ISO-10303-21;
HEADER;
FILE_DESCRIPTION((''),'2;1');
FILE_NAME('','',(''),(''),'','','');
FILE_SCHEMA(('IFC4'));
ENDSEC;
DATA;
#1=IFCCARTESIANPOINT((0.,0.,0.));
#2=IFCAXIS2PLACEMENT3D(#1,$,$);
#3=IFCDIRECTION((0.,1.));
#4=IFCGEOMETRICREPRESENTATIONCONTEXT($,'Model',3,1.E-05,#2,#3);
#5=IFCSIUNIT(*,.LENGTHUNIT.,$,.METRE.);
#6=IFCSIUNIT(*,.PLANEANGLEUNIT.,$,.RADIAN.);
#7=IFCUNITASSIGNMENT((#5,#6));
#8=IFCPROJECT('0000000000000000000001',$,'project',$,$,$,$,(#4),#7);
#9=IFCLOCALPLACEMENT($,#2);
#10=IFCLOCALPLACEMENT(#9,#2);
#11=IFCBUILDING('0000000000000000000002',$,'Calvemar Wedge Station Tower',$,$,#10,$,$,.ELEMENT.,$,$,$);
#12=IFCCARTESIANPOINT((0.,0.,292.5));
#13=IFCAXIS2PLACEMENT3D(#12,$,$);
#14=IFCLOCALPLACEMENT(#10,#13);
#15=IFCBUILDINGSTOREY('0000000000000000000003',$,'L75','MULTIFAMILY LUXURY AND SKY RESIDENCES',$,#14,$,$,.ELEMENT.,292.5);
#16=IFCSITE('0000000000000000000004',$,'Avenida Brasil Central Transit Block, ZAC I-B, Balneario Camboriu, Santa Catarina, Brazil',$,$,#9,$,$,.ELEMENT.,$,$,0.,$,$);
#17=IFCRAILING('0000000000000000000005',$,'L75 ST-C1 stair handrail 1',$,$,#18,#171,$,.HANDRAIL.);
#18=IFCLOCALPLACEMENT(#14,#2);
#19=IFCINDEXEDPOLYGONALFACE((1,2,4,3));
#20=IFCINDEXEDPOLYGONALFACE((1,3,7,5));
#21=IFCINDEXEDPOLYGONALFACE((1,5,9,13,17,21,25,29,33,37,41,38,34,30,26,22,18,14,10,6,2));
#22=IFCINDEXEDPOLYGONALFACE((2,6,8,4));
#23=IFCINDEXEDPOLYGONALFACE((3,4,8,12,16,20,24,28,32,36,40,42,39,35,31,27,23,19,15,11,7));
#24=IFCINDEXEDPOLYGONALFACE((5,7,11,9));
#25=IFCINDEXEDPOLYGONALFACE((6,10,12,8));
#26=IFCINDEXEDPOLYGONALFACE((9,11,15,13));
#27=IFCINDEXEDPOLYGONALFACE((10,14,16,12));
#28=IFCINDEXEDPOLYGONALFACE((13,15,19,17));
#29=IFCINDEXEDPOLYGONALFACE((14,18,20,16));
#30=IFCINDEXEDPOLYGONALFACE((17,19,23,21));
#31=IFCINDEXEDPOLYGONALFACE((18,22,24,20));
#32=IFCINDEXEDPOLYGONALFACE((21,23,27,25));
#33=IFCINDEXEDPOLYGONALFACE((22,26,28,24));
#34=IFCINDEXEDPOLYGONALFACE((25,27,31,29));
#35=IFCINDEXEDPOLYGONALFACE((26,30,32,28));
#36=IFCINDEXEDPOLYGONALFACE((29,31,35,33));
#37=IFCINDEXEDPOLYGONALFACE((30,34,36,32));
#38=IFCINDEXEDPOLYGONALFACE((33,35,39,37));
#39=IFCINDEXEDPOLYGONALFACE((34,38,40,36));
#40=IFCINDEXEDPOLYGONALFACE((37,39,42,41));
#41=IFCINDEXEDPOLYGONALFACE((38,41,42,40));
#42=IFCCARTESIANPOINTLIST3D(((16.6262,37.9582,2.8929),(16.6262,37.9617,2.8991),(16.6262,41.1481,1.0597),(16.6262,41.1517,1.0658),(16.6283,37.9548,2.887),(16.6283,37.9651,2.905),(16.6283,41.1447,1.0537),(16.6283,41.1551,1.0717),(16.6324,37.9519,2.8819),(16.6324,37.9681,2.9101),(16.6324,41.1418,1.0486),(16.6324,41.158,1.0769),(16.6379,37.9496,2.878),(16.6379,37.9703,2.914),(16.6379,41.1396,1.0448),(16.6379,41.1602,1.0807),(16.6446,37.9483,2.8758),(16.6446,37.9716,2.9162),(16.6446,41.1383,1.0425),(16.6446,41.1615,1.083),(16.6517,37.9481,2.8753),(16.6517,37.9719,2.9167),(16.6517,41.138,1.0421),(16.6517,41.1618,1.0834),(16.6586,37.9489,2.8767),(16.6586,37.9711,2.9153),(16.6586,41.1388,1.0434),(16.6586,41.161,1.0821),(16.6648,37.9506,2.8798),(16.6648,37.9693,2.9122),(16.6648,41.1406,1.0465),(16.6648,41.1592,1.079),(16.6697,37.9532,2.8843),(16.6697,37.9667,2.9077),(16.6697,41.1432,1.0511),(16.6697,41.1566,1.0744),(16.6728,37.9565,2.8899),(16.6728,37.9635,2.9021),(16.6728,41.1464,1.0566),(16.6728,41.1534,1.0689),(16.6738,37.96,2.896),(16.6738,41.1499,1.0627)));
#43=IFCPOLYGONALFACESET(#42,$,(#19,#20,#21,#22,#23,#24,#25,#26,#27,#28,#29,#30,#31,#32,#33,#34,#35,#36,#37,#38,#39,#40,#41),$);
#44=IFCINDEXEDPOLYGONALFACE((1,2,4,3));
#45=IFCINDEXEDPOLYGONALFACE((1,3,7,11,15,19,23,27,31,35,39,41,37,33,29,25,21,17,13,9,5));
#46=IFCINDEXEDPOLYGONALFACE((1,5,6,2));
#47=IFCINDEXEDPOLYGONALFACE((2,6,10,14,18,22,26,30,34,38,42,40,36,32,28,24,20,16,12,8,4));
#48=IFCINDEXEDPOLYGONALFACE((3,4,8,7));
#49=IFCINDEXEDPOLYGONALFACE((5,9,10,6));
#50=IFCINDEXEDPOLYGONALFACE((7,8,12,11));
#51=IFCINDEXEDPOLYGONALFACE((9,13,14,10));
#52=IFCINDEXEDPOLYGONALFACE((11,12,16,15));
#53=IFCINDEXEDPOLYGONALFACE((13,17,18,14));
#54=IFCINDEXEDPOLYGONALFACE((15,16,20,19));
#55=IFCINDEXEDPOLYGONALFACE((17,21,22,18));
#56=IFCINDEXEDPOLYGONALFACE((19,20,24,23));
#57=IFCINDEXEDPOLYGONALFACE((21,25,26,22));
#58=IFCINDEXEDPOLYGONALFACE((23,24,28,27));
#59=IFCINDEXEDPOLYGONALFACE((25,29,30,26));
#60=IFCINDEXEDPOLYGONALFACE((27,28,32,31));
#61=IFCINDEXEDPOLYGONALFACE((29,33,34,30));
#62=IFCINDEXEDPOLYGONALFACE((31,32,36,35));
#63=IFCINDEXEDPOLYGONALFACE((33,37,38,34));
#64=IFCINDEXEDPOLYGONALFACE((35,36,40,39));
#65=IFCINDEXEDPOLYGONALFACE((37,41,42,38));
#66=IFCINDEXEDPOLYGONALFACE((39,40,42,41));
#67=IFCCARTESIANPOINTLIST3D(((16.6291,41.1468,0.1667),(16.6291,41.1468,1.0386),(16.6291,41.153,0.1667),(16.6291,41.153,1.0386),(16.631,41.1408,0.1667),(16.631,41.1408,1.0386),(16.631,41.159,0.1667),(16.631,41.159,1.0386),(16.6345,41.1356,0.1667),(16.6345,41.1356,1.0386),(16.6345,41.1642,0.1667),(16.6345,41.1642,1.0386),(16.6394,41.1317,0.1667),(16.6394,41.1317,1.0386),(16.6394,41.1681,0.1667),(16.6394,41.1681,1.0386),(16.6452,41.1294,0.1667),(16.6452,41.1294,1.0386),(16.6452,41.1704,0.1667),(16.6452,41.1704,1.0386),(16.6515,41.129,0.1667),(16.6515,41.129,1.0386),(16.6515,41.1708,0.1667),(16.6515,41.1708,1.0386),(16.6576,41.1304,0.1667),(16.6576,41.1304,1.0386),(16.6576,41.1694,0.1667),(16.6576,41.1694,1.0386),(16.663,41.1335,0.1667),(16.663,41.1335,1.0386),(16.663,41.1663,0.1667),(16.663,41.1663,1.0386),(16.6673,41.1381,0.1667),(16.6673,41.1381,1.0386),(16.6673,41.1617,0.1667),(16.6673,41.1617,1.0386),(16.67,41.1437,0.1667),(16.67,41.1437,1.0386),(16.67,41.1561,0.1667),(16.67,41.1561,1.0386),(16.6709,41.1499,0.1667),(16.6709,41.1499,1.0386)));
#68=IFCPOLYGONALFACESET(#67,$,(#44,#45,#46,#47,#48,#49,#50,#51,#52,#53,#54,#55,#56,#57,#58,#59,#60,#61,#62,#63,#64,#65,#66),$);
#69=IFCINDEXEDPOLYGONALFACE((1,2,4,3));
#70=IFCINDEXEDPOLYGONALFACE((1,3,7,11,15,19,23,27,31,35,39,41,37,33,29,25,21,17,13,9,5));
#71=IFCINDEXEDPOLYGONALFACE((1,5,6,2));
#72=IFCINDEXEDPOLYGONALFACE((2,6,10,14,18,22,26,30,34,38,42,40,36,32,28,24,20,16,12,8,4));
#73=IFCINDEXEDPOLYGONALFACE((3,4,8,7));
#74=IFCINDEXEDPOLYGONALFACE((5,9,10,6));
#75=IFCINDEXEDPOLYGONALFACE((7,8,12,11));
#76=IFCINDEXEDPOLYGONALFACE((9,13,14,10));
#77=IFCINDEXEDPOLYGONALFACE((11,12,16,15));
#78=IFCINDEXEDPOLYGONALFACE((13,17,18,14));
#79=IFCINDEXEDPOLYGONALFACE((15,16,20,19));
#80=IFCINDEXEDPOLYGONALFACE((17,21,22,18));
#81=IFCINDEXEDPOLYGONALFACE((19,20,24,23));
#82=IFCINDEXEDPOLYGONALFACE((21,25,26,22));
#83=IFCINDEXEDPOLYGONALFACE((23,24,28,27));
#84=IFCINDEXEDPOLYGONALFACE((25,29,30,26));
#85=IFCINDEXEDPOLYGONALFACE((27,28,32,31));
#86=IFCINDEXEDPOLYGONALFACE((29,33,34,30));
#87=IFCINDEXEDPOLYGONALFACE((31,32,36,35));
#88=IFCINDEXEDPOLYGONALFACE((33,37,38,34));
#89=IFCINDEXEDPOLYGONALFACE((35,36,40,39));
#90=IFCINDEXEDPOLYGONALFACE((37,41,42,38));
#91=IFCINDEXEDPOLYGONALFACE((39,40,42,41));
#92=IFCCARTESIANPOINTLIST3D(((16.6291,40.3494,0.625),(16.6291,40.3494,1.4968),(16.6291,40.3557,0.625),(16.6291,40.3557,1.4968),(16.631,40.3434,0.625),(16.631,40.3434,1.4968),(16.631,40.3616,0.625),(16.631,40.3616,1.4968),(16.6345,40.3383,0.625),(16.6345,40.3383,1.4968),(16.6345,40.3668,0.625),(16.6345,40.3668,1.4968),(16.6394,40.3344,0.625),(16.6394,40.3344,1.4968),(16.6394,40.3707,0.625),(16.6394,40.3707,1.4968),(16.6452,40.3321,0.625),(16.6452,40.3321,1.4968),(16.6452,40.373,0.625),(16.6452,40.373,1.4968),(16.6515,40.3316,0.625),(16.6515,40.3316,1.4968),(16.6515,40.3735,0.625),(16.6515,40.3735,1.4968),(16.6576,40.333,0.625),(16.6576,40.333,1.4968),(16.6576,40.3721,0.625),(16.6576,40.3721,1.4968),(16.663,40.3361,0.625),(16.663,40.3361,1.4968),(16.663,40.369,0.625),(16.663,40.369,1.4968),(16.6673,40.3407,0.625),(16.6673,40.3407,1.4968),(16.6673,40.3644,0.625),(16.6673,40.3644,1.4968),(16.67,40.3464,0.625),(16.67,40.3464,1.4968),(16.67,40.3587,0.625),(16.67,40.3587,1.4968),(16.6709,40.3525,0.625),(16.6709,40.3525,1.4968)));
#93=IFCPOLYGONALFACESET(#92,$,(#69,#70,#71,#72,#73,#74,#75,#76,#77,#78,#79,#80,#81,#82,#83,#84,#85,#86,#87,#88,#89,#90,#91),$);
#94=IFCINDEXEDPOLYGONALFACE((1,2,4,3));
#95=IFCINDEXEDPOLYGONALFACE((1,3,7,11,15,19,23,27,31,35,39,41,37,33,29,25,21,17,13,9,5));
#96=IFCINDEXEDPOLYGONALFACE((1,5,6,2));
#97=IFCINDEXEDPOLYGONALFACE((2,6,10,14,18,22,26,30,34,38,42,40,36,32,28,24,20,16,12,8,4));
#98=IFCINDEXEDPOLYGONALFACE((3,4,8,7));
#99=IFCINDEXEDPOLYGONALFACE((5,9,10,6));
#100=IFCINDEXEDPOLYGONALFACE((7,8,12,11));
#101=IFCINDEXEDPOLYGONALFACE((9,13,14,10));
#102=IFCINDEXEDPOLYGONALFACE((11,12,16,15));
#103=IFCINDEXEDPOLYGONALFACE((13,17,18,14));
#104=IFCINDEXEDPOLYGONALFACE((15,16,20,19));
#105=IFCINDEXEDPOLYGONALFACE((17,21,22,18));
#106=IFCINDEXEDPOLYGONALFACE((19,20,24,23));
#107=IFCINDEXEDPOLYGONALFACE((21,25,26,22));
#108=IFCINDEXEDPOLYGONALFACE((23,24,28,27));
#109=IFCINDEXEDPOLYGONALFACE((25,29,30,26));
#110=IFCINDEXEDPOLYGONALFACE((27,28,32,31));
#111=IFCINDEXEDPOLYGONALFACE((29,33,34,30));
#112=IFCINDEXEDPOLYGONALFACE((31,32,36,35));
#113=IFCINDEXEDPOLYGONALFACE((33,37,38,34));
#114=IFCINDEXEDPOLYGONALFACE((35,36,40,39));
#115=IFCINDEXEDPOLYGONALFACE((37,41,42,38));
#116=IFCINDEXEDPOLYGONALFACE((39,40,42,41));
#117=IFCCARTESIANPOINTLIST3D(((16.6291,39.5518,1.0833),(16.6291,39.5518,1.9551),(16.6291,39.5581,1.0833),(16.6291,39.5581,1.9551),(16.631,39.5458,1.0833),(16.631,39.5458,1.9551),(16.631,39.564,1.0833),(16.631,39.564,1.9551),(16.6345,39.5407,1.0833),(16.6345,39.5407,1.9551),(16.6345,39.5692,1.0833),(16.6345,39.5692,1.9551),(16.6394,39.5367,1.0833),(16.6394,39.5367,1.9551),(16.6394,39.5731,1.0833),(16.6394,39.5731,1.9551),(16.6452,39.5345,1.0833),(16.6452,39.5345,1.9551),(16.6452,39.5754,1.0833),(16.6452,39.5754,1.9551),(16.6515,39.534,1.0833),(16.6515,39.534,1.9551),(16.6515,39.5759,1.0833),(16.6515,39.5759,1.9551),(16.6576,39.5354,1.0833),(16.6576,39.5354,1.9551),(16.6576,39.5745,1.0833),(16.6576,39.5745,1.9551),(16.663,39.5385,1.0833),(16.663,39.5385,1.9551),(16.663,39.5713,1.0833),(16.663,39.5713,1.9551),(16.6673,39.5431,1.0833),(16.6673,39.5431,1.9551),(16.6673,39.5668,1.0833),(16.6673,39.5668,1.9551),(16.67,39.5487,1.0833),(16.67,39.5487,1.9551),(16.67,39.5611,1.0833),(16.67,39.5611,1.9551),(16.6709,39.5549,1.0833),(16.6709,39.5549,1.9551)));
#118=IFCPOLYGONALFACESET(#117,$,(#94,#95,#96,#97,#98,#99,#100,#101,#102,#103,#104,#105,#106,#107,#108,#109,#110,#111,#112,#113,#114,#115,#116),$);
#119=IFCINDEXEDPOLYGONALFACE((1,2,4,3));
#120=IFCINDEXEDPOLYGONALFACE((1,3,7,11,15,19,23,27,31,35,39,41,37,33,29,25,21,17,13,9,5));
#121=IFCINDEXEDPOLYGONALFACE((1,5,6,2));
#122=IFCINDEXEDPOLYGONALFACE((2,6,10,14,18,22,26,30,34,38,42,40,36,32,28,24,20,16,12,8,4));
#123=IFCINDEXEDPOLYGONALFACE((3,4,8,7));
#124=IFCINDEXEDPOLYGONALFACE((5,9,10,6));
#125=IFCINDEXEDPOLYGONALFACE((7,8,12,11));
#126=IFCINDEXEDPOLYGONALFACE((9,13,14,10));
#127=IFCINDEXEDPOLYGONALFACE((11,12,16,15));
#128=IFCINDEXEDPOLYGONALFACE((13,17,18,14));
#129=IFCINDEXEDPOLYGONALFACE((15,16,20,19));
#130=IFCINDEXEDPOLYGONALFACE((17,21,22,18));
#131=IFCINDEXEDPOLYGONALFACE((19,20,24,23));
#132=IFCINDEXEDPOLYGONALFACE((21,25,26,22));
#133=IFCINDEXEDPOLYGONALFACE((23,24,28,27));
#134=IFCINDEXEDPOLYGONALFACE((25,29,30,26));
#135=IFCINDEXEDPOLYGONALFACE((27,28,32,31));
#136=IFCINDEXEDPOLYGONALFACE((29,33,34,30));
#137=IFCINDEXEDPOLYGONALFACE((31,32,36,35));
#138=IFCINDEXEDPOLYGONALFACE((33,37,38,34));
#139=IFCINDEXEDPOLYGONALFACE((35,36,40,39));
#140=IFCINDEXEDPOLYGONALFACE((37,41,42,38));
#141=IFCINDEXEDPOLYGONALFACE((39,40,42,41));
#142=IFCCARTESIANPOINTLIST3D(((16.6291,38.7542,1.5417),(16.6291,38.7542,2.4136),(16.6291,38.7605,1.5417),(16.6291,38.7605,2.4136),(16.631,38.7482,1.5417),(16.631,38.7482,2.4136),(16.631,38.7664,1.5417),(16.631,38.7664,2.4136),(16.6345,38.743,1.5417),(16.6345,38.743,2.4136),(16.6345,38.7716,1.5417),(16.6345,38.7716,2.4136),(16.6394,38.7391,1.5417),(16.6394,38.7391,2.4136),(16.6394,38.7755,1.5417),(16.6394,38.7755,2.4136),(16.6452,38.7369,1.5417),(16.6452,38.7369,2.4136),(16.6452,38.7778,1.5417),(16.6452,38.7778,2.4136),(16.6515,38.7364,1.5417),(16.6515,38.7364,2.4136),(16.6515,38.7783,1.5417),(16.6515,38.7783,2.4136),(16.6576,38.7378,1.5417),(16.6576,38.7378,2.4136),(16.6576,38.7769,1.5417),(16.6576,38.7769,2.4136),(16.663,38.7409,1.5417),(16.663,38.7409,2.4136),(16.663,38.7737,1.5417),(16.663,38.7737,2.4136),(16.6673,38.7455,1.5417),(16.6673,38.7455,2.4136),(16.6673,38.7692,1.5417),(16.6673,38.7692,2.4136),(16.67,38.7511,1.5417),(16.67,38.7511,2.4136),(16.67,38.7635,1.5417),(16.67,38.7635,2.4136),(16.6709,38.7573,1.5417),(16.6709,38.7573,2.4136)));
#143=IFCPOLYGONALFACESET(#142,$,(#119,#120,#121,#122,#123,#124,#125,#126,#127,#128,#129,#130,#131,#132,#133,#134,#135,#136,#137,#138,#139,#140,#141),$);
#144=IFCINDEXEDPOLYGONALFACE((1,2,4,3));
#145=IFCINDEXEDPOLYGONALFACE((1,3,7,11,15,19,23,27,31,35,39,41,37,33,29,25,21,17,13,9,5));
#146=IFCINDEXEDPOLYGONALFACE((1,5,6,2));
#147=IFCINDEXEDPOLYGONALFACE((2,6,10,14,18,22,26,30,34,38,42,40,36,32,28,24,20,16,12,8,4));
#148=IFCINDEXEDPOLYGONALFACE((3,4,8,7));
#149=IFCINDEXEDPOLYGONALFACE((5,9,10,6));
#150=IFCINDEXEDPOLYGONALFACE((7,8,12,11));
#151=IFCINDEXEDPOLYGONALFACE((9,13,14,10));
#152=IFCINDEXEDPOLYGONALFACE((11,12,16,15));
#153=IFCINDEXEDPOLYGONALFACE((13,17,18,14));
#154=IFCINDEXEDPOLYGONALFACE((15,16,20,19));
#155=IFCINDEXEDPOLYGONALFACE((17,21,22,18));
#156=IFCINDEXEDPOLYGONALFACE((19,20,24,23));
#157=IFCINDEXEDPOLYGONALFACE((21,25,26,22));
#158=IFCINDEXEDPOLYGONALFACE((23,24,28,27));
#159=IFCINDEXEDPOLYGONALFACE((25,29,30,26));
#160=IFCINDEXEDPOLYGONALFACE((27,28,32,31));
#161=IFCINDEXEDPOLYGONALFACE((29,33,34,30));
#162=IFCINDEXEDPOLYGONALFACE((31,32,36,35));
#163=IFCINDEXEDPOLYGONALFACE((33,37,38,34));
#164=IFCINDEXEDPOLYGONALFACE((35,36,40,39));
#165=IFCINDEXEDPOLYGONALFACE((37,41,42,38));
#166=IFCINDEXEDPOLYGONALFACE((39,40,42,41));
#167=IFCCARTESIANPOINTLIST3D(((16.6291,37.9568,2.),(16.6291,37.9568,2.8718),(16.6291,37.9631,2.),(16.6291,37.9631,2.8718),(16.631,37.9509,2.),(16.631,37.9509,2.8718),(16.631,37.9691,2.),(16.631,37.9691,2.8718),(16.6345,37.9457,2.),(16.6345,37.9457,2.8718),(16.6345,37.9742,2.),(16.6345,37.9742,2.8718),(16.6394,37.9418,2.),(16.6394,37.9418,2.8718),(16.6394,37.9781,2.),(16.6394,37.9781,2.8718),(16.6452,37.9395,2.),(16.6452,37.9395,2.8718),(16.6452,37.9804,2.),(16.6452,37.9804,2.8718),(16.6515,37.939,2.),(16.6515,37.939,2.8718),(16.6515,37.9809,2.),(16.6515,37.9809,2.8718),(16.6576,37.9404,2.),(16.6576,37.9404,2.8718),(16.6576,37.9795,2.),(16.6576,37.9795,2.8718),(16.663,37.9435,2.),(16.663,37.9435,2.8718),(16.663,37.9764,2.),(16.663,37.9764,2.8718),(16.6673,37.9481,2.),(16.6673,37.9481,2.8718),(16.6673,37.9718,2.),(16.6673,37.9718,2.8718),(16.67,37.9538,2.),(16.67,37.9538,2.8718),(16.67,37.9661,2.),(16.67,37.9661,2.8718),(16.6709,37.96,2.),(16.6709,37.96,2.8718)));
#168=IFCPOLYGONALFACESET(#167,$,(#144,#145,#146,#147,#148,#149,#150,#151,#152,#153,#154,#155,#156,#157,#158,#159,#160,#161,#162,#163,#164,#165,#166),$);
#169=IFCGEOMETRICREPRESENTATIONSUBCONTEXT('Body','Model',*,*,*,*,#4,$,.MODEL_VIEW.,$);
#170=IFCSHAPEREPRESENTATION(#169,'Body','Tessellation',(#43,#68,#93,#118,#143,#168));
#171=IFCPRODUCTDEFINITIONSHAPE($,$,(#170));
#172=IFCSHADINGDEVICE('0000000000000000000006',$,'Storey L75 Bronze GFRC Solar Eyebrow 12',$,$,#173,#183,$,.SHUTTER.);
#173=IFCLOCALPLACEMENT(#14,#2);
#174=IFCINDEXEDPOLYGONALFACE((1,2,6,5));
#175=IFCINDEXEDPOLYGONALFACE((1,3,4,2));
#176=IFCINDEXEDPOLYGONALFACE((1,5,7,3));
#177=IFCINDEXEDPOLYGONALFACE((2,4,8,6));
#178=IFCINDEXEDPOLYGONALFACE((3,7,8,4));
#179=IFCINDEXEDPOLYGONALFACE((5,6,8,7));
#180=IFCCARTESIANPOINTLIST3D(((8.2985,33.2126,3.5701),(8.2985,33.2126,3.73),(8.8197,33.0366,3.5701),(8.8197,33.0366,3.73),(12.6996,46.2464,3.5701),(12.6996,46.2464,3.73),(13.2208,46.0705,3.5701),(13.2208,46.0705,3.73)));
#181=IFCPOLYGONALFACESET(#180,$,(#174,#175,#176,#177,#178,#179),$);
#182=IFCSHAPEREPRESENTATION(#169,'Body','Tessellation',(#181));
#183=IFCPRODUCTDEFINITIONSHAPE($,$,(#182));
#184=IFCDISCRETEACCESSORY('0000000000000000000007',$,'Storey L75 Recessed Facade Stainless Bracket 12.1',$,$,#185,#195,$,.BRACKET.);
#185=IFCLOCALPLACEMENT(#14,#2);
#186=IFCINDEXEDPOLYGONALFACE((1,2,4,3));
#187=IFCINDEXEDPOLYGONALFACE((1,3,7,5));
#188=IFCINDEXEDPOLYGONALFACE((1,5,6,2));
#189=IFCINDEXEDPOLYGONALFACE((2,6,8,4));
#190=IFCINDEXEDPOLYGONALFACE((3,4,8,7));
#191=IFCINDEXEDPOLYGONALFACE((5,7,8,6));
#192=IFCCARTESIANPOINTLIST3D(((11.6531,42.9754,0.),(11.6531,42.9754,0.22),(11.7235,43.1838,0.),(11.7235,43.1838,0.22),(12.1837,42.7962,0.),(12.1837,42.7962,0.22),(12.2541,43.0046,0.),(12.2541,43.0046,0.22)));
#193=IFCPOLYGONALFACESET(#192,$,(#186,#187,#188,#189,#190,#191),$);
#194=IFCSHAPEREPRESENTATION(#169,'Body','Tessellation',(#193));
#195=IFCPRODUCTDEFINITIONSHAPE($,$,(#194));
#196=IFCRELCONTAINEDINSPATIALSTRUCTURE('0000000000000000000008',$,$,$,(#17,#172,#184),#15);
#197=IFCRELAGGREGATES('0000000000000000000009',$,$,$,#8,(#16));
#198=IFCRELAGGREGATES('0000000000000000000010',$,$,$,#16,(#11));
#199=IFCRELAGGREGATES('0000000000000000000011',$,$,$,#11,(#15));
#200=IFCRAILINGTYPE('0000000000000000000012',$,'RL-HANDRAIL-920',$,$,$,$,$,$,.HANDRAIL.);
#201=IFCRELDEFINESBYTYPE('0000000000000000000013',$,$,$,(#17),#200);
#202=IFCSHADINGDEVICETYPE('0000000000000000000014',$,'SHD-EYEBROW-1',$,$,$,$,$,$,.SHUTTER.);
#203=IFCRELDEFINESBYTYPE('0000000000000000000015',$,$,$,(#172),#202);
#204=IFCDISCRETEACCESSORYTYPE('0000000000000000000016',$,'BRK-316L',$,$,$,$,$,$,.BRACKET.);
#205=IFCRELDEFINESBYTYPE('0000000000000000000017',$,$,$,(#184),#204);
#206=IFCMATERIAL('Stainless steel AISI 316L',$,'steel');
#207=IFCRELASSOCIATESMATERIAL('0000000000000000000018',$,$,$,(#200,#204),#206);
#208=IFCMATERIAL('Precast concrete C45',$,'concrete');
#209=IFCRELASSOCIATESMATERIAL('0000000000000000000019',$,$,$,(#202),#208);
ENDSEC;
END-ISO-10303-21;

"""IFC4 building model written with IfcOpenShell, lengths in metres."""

from ifc_helpers import new_model, si_unit, direction, frame, frame_2d, origin, origin_2d, place, context, subcontext, project, spatial, rectangle, circle, extrude, source, transform, mapped, material, type_object, element, save


model = new_model("IFC4")

# Units and contexts
model_context = context("Model", 3, precision=1e-05, world=origin(), true_north=direction((0.0, 1.0)))
body_context = subcontext(model_context, "Body", "Model", "MODEL_VIEW")
ifc_project = project(units=[si_unit("LENGTHUNIT", "METRE"), si_unit("PLANEANGLEUNIT", "RADIAN")], contexts=[model_context])

# Site, building, storey
site_placement = place(None, origin())
site = spatial("IfcSite", under=ifc_project, at=site_placement, Name="Avenida Brasil Central Transit Block, ZAC I-B, Balneario Camboriu, Santa Catarina, Brazil", CompositionType="ELEMENT", RefElevation=0.0)
building_placement = place(site_placement, origin())
building = spatial("IfcBuilding", under=site, at=building_placement, Name="Calvemar Wedge Station Tower", CompositionType="ELEMENT")
storey_placement = place(building_placement, frame((0.0, 0.0, 292.5)))
storey = spatial("IfcBuildingStorey", under=building, at=storey_placement, Name="L75", Description="MULTIFAMILY LUXURY AND SKY RESIDENCES", CompositionType="ELEMENT", Elevation=292.5)

# Shared definitions
ifc_material_1 = material(Name="Precast concrete C45", Category="concrete")

# Railing
ifc_material_2 = material(Name="Stainless steel AISI 316L", Category="steel")
railing_type = type_object("IfcRailingType", Name="RL-HANDRAIL-920", PredefinedType="HANDRAIL", material=ifc_material_2)
railing_placement = place(storey_placement, frame((16.6499, 41.1499, 0.1667)))
element("IfcRailing", 1, at=railing_placement, inside=storey, type_object=railing_type, Name="L75 ST-C1 stair handrail 1", PredefinedType="HANDRAIL", context=body_context, shape_type="SweptSolid", body=[
    extrude(circle(Radius=0.0239, at=origin_2d()), frame((0.0, 0.0, 0.896), z_axis=(0.0, -0.86702, 0.498274), x_axis=(1.0, 0.0, 0.0)), (0.0, 0.0, 1.0), 3.6792),
    extrude(circle(Radius=0.021, at=origin_2d()), origin(), (0.0, 0.0, 1.0), 0.8718),
    extrude(circle(Radius=0.021, at=origin_2d()), frame((0.0, -0.7974, 0.4583)), (0.0, 0.0, 1.0), 0.8718),
    extrude(circle(Radius=0.021, at=origin_2d()), frame((0.0, -1.595, 0.9165)), (0.0, 0.0, 1.0), 0.8718),
    extrude(circle(Radius=0.021, at=origin_2d()), frame((0.0, -2.3926, 1.375)), (0.0, 0.0, 1.0), 0.8718),
    extrude(circle(Radius=0.021, at=origin_2d()), frame((0.0, -3.1899, 1.8333)), (0.0, 0.0, 1.0), 0.8718),
])

# Shading device
shading_device_type = type_object("IfcShadingDeviceType", Name="SHD-EYEBROW-1", PredefinedType="SHUTTER", material=ifc_material_1)
shading_device_placement = place(storey_placement, frame((12.9602, 46.1584, 3.5701), z_axis=(0.0, 0.0, 1.0), x_axis=(-0.31992, -0.947444, 0.0)))
element("IfcShadingDevice", 2, at=shading_device_placement, inside=storey, type_object=shading_device_type, Name="Storey L75 Bronze GFRC Solar Eyebrow 12", PredefinedType="SHUTTER", context=body_context, shape_type="SweptSolid", body=[
    extrude(rectangle(XDim=13.7568, YDim=0.55, at=frame_2d((6.8784, 0.0))), origin(), (0.0, 0.0, 1.0), 0.1599),
])

# Discrete accessory
discrete_accessory_type = type_object("IfcDiscreteAccessoryType", Name="BRK-316L", PredefinedType="BRACKET", material=ifc_material_2)
shared_shape_1 = source(origin(), body_context, "Body", "SweptSolid", [
    extrude(rectangle(XDim=0.22, YDim=0.5601, at=origin_2d()), origin(), (0.0, 0.0, 1.0), 0.22),
])
discrete_accessory_placement = place(storey_placement, frame((11.9536, 42.99, 0.0), z_axis=(0.0, 0.0, 1.0), x_axis=(-0.319952, -0.947434, 0.0)))
element("IfcDiscreteAccessory", 3, at=discrete_accessory_placement, inside=storey, type_object=discrete_accessory_type, Name="Storey L75 Recessed Facade Stainless Bracket 12.1", PredefinedType="BRACKET", context=body_context, shape_type="MappedRepresentation", body=[
    mapped(shared_shape_1, transform((0.0, 0.0, 0.0), scale=1.0)),
])

save(model, "model.ifc")
